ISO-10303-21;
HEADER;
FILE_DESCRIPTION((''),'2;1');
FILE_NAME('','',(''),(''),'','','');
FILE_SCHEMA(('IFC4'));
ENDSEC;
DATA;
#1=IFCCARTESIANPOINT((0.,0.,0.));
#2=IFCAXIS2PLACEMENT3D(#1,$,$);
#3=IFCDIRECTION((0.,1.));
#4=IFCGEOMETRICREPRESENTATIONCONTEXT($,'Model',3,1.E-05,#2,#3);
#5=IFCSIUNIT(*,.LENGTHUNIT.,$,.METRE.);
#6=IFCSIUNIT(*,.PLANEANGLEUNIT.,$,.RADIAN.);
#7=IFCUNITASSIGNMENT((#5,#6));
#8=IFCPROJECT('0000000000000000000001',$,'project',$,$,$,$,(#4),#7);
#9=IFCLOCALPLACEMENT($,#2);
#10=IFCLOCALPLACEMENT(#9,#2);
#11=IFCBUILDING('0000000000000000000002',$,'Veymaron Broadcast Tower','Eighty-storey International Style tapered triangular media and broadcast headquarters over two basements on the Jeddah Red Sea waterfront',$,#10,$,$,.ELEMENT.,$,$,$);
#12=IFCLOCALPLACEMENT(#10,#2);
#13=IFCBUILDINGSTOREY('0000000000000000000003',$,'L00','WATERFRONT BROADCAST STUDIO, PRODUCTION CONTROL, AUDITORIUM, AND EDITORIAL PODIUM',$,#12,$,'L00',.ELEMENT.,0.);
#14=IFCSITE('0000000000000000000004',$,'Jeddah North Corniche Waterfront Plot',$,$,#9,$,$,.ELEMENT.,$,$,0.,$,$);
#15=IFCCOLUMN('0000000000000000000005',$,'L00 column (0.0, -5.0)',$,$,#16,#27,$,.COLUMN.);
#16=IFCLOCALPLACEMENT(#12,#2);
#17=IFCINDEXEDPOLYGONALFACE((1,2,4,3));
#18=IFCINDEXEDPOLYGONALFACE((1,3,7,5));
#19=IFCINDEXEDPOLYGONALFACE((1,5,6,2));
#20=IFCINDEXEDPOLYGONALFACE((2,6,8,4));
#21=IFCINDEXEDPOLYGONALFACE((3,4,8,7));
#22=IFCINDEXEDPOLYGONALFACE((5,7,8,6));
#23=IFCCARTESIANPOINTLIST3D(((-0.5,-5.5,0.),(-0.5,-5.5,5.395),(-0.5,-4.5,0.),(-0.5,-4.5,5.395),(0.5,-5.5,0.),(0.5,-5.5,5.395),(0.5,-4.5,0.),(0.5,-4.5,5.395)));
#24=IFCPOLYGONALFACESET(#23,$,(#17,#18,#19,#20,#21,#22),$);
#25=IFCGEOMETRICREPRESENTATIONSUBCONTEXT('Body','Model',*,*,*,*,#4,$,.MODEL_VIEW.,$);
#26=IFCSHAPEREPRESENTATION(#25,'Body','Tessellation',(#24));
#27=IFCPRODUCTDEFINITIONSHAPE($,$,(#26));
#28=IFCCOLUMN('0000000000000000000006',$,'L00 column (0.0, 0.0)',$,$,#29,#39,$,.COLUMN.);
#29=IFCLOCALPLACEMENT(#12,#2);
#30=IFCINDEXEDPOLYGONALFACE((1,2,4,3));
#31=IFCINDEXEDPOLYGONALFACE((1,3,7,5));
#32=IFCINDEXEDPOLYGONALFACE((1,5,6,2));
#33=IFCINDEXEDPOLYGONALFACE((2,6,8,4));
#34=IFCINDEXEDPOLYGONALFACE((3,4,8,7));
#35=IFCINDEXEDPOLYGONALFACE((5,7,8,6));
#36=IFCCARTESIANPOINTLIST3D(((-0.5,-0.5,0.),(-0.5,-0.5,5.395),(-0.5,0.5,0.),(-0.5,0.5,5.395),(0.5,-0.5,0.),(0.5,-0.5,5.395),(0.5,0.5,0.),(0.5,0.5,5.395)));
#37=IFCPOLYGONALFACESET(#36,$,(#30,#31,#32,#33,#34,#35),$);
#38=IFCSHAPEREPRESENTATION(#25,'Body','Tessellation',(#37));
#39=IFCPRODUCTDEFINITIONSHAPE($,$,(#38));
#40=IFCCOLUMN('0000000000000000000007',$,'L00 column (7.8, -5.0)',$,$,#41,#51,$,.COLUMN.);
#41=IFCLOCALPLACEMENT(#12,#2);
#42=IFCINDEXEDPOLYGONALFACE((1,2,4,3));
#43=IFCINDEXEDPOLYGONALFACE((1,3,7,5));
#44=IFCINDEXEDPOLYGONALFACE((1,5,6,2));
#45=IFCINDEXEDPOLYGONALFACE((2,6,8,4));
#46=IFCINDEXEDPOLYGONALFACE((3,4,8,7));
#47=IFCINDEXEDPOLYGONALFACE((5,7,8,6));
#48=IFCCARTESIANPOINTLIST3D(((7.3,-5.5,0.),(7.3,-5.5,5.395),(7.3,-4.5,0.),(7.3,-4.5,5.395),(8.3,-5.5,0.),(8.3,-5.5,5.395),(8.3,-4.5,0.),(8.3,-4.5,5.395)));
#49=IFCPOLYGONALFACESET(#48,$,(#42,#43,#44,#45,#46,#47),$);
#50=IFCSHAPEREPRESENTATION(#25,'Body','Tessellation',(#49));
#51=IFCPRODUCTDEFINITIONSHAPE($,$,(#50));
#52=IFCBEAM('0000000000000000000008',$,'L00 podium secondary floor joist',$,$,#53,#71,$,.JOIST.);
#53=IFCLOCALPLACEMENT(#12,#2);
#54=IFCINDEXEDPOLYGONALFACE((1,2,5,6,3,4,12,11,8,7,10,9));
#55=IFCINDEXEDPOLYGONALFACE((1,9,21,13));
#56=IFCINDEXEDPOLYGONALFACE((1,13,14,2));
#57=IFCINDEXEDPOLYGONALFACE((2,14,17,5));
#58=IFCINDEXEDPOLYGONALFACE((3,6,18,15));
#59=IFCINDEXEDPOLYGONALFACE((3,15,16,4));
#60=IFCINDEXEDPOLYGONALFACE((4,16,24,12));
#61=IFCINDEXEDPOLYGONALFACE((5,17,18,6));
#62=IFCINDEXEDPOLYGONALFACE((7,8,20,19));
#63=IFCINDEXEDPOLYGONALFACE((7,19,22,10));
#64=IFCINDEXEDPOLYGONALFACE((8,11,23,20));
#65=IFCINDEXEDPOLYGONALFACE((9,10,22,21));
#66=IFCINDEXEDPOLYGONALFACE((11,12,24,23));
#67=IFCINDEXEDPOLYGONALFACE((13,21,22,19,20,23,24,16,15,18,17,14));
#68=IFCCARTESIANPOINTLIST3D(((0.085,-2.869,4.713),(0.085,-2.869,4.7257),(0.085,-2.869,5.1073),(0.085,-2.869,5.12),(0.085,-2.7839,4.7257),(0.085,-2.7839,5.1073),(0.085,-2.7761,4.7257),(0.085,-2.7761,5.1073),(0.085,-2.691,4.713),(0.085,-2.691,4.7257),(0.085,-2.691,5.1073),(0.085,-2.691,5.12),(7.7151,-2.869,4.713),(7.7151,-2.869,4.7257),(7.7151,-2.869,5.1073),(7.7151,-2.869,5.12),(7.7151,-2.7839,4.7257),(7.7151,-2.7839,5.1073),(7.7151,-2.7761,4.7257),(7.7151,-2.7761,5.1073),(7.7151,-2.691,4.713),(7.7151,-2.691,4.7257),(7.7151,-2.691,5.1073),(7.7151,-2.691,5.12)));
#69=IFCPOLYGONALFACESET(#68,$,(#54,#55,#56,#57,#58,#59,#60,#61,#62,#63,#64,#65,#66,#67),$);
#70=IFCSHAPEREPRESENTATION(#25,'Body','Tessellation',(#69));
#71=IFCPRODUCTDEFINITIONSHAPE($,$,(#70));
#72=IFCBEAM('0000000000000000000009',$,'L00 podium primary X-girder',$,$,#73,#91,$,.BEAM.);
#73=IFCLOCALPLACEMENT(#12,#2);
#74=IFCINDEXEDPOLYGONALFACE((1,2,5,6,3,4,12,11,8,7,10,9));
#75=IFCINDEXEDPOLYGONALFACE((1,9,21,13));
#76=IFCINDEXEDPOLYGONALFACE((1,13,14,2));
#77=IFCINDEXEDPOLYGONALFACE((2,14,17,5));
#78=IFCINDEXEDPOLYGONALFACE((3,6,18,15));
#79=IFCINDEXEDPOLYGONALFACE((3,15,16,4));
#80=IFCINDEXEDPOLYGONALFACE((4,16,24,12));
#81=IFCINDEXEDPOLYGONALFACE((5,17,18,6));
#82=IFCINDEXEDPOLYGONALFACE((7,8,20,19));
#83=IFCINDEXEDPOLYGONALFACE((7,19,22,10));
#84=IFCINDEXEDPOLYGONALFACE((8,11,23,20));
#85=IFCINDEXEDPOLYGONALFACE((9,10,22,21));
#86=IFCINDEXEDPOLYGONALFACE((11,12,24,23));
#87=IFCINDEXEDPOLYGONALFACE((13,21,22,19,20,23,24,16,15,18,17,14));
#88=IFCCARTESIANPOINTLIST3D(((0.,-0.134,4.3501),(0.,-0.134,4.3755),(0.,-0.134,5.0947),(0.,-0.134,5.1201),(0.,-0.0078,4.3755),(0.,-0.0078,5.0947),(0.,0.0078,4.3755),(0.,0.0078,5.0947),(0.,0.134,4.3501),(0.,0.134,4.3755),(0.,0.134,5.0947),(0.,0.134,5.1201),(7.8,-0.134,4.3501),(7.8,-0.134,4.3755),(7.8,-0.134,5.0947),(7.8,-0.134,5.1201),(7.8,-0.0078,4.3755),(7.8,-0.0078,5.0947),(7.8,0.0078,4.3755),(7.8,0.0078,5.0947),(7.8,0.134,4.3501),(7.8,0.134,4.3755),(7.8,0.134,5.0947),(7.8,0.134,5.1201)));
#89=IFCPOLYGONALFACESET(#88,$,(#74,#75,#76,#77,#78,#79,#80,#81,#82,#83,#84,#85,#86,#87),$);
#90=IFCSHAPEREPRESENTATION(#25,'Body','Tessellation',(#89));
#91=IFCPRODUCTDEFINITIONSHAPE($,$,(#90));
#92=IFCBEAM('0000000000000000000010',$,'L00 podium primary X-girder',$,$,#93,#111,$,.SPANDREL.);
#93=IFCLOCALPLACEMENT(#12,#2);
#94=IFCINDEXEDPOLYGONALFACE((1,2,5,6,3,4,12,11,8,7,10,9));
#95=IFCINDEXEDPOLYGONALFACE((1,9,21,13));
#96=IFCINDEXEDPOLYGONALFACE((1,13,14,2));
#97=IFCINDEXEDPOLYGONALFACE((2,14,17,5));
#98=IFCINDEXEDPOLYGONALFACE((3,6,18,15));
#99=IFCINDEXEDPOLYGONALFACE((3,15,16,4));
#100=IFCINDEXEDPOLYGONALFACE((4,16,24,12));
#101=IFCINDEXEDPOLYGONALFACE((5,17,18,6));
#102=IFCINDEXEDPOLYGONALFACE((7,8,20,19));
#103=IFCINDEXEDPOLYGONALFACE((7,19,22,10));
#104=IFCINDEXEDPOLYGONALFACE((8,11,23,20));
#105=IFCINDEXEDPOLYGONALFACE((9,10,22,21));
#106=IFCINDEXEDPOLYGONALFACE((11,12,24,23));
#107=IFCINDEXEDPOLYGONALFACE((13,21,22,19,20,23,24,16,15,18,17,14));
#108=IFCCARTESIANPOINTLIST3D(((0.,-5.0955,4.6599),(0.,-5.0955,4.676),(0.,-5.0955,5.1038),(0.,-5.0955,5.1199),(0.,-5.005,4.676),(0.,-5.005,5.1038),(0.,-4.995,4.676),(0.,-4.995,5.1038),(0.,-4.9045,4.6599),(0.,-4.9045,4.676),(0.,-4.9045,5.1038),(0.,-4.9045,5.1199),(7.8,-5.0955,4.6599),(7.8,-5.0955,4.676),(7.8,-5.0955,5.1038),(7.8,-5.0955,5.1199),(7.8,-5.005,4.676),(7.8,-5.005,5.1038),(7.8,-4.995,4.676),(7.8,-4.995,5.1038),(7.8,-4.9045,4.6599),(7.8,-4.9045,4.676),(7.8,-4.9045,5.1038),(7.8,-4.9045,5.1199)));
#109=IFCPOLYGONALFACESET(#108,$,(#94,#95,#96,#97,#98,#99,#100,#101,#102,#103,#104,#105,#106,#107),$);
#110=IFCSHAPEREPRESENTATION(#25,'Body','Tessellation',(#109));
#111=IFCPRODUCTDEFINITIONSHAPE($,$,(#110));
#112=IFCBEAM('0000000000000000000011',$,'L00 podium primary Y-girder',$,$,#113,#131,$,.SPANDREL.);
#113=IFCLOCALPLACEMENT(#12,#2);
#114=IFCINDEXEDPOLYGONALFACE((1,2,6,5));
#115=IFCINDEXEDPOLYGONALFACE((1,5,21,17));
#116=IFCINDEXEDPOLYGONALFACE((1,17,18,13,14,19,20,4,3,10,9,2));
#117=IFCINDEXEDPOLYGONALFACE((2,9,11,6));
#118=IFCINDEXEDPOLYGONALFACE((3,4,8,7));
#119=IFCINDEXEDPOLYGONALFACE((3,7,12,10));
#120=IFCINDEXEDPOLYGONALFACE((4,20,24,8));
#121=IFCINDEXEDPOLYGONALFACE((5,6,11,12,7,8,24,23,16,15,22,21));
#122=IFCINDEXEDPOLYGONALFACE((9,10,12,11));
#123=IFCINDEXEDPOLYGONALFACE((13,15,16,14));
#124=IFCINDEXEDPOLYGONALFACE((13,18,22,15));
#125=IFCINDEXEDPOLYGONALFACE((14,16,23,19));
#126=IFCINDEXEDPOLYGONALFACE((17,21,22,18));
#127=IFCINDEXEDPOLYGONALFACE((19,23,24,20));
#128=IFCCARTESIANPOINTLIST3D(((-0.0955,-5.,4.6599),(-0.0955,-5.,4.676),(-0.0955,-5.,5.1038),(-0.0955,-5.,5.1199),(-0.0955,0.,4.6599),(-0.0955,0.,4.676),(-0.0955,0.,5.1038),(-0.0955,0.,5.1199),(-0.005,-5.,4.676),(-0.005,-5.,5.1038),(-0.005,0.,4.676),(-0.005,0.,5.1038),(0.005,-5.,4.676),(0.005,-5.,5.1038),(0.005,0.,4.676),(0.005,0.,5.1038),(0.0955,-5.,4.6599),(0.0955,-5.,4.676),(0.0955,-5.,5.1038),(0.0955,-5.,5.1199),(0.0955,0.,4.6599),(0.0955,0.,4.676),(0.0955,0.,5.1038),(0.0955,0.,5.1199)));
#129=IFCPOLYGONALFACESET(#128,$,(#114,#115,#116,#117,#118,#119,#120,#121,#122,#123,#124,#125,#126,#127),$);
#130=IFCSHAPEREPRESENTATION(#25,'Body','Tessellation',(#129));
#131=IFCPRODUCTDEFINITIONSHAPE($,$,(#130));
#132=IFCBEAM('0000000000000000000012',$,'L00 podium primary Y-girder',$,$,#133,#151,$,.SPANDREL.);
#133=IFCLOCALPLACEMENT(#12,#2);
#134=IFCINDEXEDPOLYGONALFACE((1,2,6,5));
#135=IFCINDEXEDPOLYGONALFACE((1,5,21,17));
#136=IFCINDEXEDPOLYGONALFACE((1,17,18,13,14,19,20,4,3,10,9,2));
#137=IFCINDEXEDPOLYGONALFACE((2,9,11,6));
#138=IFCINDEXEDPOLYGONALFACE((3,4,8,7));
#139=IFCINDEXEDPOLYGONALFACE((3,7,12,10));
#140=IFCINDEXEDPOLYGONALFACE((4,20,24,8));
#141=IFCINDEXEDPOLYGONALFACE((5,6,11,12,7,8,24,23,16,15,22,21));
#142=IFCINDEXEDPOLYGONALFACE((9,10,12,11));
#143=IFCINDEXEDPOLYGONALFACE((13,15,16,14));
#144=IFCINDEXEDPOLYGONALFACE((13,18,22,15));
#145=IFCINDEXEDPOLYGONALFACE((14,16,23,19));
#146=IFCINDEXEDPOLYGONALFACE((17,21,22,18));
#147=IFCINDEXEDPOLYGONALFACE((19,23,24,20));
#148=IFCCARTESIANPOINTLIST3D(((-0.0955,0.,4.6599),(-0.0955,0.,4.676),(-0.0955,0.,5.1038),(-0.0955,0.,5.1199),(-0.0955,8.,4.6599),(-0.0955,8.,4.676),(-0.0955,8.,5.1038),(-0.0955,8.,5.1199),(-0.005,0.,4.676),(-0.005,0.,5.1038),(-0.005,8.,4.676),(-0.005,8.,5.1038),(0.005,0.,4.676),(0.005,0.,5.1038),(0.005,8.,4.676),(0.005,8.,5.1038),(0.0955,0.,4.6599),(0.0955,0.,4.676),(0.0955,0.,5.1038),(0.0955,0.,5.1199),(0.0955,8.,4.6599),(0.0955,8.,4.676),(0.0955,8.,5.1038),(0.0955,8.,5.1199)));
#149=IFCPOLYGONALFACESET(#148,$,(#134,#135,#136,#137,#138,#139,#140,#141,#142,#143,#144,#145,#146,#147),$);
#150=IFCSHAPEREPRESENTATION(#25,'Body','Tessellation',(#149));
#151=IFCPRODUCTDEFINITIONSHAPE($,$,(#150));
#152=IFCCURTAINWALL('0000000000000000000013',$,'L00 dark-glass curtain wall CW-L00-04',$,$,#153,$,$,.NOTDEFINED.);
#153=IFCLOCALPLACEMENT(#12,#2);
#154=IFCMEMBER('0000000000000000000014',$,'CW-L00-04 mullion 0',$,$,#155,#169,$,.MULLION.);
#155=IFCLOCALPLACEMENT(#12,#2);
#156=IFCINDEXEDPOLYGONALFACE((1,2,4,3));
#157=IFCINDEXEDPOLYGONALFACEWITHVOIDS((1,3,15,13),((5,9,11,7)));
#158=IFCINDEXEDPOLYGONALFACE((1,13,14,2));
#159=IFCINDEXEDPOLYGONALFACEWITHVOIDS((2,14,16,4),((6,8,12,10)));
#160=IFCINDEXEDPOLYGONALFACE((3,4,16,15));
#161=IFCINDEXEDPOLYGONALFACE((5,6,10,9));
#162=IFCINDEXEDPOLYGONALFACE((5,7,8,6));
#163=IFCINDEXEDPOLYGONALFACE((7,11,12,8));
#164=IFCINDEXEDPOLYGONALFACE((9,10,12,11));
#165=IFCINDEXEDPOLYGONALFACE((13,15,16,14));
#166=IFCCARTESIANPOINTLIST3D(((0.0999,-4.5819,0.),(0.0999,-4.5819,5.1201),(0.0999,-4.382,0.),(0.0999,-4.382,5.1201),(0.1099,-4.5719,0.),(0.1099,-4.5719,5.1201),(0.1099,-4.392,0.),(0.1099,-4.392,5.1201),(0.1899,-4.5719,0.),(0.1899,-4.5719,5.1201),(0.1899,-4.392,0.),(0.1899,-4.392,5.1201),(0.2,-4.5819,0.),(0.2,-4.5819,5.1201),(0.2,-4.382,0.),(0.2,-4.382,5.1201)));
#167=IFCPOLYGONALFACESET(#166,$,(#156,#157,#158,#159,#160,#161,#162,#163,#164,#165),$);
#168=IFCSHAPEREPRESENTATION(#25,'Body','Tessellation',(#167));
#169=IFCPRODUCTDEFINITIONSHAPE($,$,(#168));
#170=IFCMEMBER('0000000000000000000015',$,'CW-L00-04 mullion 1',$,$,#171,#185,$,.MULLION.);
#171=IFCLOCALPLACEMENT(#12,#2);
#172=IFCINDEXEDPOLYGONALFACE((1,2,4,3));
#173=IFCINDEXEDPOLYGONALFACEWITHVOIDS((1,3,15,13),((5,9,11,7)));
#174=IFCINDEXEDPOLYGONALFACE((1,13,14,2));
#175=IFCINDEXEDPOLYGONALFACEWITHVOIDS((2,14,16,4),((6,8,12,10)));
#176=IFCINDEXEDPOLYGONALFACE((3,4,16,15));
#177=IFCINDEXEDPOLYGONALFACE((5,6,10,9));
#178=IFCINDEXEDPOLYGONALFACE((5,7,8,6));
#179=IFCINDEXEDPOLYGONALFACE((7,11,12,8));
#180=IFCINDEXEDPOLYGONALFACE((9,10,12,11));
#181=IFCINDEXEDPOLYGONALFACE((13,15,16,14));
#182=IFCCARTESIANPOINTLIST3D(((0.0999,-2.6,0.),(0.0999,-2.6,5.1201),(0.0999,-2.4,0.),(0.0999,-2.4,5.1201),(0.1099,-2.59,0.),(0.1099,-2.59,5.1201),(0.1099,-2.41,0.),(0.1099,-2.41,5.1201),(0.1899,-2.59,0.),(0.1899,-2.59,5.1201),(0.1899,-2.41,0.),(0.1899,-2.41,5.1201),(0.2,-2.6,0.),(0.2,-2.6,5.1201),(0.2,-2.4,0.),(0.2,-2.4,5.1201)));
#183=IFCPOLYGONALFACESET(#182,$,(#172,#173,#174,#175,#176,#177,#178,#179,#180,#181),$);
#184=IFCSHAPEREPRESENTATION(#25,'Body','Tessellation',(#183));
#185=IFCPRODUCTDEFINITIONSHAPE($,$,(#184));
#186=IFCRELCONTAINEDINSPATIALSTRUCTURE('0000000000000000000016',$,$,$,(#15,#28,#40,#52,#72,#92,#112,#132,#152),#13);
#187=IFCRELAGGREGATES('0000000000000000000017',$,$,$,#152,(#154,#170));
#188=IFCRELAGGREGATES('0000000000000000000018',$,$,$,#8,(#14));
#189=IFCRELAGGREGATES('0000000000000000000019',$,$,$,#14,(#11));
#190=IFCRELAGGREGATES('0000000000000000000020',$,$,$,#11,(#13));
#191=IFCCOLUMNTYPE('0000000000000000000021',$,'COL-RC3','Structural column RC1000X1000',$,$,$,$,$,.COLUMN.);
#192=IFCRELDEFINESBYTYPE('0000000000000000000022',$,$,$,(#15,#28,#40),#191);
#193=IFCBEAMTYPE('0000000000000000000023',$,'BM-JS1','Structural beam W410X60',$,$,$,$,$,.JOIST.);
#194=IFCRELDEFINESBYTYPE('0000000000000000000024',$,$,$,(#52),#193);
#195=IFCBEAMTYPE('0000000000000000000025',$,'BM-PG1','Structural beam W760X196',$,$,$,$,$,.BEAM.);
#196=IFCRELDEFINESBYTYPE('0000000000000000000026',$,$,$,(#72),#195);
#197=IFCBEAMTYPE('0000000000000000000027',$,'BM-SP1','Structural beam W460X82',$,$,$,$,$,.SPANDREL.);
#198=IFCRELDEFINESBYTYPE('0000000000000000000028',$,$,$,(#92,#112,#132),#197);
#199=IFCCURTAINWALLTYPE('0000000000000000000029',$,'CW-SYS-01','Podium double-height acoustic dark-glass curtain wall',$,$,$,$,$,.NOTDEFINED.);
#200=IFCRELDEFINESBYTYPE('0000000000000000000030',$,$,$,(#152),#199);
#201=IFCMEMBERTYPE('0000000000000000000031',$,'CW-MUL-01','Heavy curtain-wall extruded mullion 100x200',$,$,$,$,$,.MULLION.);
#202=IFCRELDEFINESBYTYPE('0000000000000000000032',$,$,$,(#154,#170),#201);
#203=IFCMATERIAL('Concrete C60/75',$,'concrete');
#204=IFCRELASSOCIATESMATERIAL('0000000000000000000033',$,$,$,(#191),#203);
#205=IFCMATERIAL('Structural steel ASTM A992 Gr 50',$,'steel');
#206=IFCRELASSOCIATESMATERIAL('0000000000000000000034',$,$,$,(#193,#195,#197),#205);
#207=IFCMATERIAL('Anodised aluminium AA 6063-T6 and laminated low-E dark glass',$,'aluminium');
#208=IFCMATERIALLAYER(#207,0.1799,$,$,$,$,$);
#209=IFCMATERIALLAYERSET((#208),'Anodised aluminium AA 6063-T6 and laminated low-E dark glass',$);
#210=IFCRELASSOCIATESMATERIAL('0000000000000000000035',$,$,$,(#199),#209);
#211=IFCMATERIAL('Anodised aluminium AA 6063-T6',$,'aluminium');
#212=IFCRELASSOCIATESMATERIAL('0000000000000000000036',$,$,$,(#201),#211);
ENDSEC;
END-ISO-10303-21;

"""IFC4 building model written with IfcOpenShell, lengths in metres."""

from ifc_helpers import new_model, si_unit, direction, frame, origin, origin_2d, place, context, subcontext, project, spatial, rectangle, hollow_rectangle, i_section, extrude, material, layer, layer_set, material_profile, profile_set, type_object, element, aggregate, save


model = new_model("IFC4")

# Units and contexts
model_context = context("Model", 3, precision=1e-05, world=origin(), true_north=direction((0.0, 1.0)))
body_context = subcontext(model_context, "Body", "Model", "MODEL_VIEW")
ifc_project = project(units=[si_unit("LENGTHUNIT", "METRE"), si_unit("PLANEANGLEUNIT", "RADIAN")], contexts=[model_context])

# Site, building, storey
site_placement = place(None, origin())
site = spatial("IfcSite", under=ifc_project, at=site_placement, Name="Jeddah North Corniche Waterfront Plot", CompositionType="ELEMENT", RefElevation=0.0)
building_placement = place(site_placement, origin())
building = spatial("IfcBuilding", under=site, at=building_placement, Name="Veymaron Broadcast Tower", Description="Eighty-storey International Style tapered triangular media and broadcast headquarters over two basements on the Jeddah Red Sea waterfront", CompositionType="ELEMENT")
storey_placement = place(building_placement, origin())
storey = spatial("IfcBuildingStorey", under=building, at=storey_placement, Name="L00", Description="WATERFRONT BROADCAST STUDIO, PRODUCTION CONTROL, AUDITORIUM, AND EDITORIAL PODIUM", LongName="L00", CompositionType="ELEMENT", Elevation=0.0)

# Columns
ifc_material_1 = material(Name="Concrete C60/75", Category="concrete")
ifc_material_profile_1 = material_profile(ifc_material_1, rectangle(XDim=1.0, YDim=1.0, at=origin_2d()), Name="RC1000X1000")
ifc_profile_set_1 = profile_set([ifc_material_profile_1], Name="Concrete C60/75")
column_type = type_object("IfcColumnType", Name="COL-RC3", Description="Structural column RC1000X1000", PredefinedType="COLUMN", material=ifc_profile_set_1)
for number, where, z_axis, x_axis, name in (
    (1, (0.0, -5.0, 0.0), (0.0, 0.0, 1.0), (1.0, 0.0, 0.0), "L00 column (0.0, -5.0)"),
    (2, (0.0, 0.0, 0.0), (0.0, 0.0, 1.0), (1.0, 0.0, 0.0), "L00 column (0.0, 0.0)"),
    (3, (7.8, -5.0, 0.0), (0.0, 0.0, 1.0), (1.0, 0.0, 0.0), "L00 column (7.8, -5.0)"),
):
    element("IfcColumn", number, at=place(storey_placement, frame(where, z_axis=z_axis, x_axis=x_axis)), inside=storey, type_object=column_type, Name=name, PredefinedType="COLUMN", context=body_context, shape_type="SweptSolid", body=[
        extrude(rectangle(XDim=1.0, YDim=1.0, at=origin_2d()), origin(), (0.0, 0.0, 1.0), 5.395),
    ])

# Beams
ifc_material_2 = material(Name="Structural steel ASTM A992 Gr 50", Category="steel")
ifc_material_profile_2 = material_profile(ifc_material_2, i_section(OverallWidth=0.178, OverallDepth=0.407, WebThickness=0.0078, FlangeThickness=0.0127, at=origin_2d()), Name="W410X60")
ifc_profile_set_2 = profile_set([ifc_material_profile_2], Name="Structural steel ASTM A992 Gr 50")
beam_type_1 = type_object("IfcBeamType", Name="BM-JS1", Description="Structural beam W410X60", PredefinedType="JOIST", material=ifc_profile_set_2)
beam_1_placement = place(storey_placement, frame((0.085, -2.78, 4.9165), z_axis=(1.0, 0.0, 0.0), x_axis=(0.0, 1.0, 0.0)))
element("IfcBeam", 4, at=beam_1_placement, inside=storey, type_object=beam_type_1, Name="L00 podium secondary floor joist", PredefinedType="JOIST", context=body_context, shape_type="SweptSolid", body=[
    extrude(i_section(OverallWidth=0.178, OverallDepth=0.407, WebThickness=0.0078, FlangeThickness=0.0127, at=origin_2d()), origin(), (0.0, 0.0, 1.0), 7.6301),
])
ifc_material_profile_3 = material_profile(ifc_material_2, i_section(OverallWidth=0.2681, OverallDepth=0.77, WebThickness=0.0156, FlangeThickness=0.0254, at=origin_2d()), Name="W760X196")
ifc_profile_set_3 = profile_set([ifc_material_profile_3], Name="Structural steel ASTM A992 Gr 50")
beam_type_2 = type_object("IfcBeamType", Name="BM-PG1", Description="Structural beam W760X196", PredefinedType="BEAM", material=ifc_profile_set_3)
beam_2_placement = place(storey_placement, frame((0.0, 0.0, 4.7351), z_axis=(1.0, 0.0, 0.0), x_axis=(0.0, 1.0, 0.0)))
element("IfcBeam", 5, at=beam_2_placement, inside=storey, type_object=beam_type_2, Name="L00 podium primary X-girder", PredefinedType="BEAM", context=body_context, shape_type="SweptSolid", body=[
    extrude(i_section(OverallWidth=0.2681, OverallDepth=0.77, WebThickness=0.0156, FlangeThickness=0.0254, at=origin_2d()), origin(), (0.0, 0.0, 1.0), 7.8),
])
ifc_material_profile_4 = material_profile(ifc_material_2, i_section(OverallWidth=0.1909, OverallDepth=0.46, WebThickness=0.01, FlangeThickness=0.0161, at=origin_2d()), Name="W460X82")
ifc_profile_set_4 = profile_set([ifc_material_profile_4], Name="Structural steel ASTM A992 Gr 50")
beam_type_3 = type_object("IfcBeamType", Name="BM-SP1", Description="Structural beam W460X82", PredefinedType="SPANDREL", material=ifc_profile_set_4)
beam_3_placement = place(storey_placement, frame((0.0, -5.0, 4.8899), z_axis=(1.0, 0.0, 0.0), x_axis=(0.0, 1.0, 0.0)))
element("IfcBeam", 6, at=beam_3_placement, inside=storey, type_object=beam_type_3, Name="L00 podium primary X-girder", PredefinedType="SPANDREL", context=body_context, shape_type="SweptSolid", body=[
    extrude(i_section(OverallWidth=0.1909, OverallDepth=0.46, WebThickness=0.01, FlangeThickness=0.0161, at=origin_2d()), origin(), (0.0, 0.0, 1.0), 7.8),
])
beam_4_placement = place(storey_placement, frame((0.0, -5.0, 4.8899), z_axis=(0.0, 1.0, 0.0), x_axis=(-1.0, 0.0, 0.0)))
element("IfcBeam", 7, at=beam_4_placement, inside=storey, type_object=beam_type_3, Name="L00 podium primary Y-girder", PredefinedType="SPANDREL", context=body_context, shape_type="SweptSolid", body=[
    extrude(i_section(OverallWidth=0.1909, OverallDepth=0.46, WebThickness=0.01, FlangeThickness=0.0161, at=origin_2d()), origin(), (0.0, 0.0, 1.0), 5.0),
])
beam_5_placement = place(storey_placement, frame((0.0, 0.0, 4.8899), z_axis=(0.0, 1.0, 0.0), x_axis=(-1.0, 0.0, 0.0)))
element("IfcBeam", 8, at=beam_5_placement, inside=storey, type_object=beam_type_3, Name="L00 podium primary Y-girder", PredefinedType="SPANDREL", context=body_context, shape_type="SweptSolid", body=[
    extrude(i_section(OverallWidth=0.1909, OverallDepth=0.46, WebThickness=0.01, FlangeThickness=0.0161, at=origin_2d()), origin(), (0.0, 0.0, 1.0), 8.0),
])

# Curtain wall, members
ifc_material_3 = material(Name="Anodised aluminium AA 6063-T6 and laminated low-E dark glass", Category="aluminium")
ifc_layer_1 = layer(ifc_material_3, 0.1799)
ifc_layer_set_1 = layer_set([ifc_layer_1], Name="Anodised aluminium AA 6063-T6 and laminated low-E dark glass")
curtain_wall_type = type_object("IfcCurtainWallType", Name="CW-SYS-01", Description="Podium double-height acoustic dark-glass curtain wall", PredefinedType="NOTDEFINED", material=ifc_layer_set_1)
curtain_wall_placement = place(storey_placement, origin())
curtain_wall = element("IfcCurtainWall", 9, at=curtain_wall_placement, inside=storey, type_object=curtain_wall_type, Name="L00 dark-glass curtain wall CW-L00-04", PredefinedType="NOTDEFINED")
ifc_material_4 = material(Name="Anodised aluminium AA 6063-T6", Category="aluminium")
ifc_material_profile_5 = material_profile(ifc_material_4, hollow_rectangle(XDim=0.1001, YDim=0.2, WallThickness=0.01, at=origin_2d()), Name="RHS200X100X10")
ifc_profile_set_5 = profile_set([ifc_material_profile_5], Name="Anodised aluminium AA 6063-T6")
member_type_1 = type_object("IfcMemberType", Name="CW-MUL-01", Description="Heavy curtain-wall extruded mullion 100x200", PredefinedType="MULLION", material=ifc_profile_set_5)
member_1_placement = place(storey_placement, frame((0.1499, -4.4819, 0.0), z_axis=(0.0, 0.0, 1.0), x_axis=(1.0, 0.0, 0.0)))
member_1 = element("IfcMember", 10, at=member_1_placement, type_object=member_type_1, Name="CW-L00-04 mullion 0", PredefinedType="MULLION", context=body_context, shape_type="SweptSolid", body=[
    extrude(hollow_rectangle(XDim=0.1001, YDim=0.2, WallThickness=0.01, at=origin_2d()), origin(), (0.0, 0.0, 1.0), 5.1201),
])
member_2_placement = place(storey_placement, frame((0.1499, -2.5, 0.0), z_axis=(0.0, 0.0, 1.0), x_axis=(1.0, 0.0, 0.0)))
member_2 = element("IfcMember", 11, at=member_2_placement, type_object=member_type_1, Name="CW-L00-04 mullion 1", PredefinedType="MULLION", context=body_context, shape_type="SweptSolid", body=[
    extrude(hollow_rectangle(XDim=0.1001, YDim=0.2, WallThickness=0.01, at=origin_2d()), origin(), (0.0, 0.0, 1.0), 5.1201),
])
aggregate(curtain_wall, [member_1, member_2])

save(model, "model.ifc")
